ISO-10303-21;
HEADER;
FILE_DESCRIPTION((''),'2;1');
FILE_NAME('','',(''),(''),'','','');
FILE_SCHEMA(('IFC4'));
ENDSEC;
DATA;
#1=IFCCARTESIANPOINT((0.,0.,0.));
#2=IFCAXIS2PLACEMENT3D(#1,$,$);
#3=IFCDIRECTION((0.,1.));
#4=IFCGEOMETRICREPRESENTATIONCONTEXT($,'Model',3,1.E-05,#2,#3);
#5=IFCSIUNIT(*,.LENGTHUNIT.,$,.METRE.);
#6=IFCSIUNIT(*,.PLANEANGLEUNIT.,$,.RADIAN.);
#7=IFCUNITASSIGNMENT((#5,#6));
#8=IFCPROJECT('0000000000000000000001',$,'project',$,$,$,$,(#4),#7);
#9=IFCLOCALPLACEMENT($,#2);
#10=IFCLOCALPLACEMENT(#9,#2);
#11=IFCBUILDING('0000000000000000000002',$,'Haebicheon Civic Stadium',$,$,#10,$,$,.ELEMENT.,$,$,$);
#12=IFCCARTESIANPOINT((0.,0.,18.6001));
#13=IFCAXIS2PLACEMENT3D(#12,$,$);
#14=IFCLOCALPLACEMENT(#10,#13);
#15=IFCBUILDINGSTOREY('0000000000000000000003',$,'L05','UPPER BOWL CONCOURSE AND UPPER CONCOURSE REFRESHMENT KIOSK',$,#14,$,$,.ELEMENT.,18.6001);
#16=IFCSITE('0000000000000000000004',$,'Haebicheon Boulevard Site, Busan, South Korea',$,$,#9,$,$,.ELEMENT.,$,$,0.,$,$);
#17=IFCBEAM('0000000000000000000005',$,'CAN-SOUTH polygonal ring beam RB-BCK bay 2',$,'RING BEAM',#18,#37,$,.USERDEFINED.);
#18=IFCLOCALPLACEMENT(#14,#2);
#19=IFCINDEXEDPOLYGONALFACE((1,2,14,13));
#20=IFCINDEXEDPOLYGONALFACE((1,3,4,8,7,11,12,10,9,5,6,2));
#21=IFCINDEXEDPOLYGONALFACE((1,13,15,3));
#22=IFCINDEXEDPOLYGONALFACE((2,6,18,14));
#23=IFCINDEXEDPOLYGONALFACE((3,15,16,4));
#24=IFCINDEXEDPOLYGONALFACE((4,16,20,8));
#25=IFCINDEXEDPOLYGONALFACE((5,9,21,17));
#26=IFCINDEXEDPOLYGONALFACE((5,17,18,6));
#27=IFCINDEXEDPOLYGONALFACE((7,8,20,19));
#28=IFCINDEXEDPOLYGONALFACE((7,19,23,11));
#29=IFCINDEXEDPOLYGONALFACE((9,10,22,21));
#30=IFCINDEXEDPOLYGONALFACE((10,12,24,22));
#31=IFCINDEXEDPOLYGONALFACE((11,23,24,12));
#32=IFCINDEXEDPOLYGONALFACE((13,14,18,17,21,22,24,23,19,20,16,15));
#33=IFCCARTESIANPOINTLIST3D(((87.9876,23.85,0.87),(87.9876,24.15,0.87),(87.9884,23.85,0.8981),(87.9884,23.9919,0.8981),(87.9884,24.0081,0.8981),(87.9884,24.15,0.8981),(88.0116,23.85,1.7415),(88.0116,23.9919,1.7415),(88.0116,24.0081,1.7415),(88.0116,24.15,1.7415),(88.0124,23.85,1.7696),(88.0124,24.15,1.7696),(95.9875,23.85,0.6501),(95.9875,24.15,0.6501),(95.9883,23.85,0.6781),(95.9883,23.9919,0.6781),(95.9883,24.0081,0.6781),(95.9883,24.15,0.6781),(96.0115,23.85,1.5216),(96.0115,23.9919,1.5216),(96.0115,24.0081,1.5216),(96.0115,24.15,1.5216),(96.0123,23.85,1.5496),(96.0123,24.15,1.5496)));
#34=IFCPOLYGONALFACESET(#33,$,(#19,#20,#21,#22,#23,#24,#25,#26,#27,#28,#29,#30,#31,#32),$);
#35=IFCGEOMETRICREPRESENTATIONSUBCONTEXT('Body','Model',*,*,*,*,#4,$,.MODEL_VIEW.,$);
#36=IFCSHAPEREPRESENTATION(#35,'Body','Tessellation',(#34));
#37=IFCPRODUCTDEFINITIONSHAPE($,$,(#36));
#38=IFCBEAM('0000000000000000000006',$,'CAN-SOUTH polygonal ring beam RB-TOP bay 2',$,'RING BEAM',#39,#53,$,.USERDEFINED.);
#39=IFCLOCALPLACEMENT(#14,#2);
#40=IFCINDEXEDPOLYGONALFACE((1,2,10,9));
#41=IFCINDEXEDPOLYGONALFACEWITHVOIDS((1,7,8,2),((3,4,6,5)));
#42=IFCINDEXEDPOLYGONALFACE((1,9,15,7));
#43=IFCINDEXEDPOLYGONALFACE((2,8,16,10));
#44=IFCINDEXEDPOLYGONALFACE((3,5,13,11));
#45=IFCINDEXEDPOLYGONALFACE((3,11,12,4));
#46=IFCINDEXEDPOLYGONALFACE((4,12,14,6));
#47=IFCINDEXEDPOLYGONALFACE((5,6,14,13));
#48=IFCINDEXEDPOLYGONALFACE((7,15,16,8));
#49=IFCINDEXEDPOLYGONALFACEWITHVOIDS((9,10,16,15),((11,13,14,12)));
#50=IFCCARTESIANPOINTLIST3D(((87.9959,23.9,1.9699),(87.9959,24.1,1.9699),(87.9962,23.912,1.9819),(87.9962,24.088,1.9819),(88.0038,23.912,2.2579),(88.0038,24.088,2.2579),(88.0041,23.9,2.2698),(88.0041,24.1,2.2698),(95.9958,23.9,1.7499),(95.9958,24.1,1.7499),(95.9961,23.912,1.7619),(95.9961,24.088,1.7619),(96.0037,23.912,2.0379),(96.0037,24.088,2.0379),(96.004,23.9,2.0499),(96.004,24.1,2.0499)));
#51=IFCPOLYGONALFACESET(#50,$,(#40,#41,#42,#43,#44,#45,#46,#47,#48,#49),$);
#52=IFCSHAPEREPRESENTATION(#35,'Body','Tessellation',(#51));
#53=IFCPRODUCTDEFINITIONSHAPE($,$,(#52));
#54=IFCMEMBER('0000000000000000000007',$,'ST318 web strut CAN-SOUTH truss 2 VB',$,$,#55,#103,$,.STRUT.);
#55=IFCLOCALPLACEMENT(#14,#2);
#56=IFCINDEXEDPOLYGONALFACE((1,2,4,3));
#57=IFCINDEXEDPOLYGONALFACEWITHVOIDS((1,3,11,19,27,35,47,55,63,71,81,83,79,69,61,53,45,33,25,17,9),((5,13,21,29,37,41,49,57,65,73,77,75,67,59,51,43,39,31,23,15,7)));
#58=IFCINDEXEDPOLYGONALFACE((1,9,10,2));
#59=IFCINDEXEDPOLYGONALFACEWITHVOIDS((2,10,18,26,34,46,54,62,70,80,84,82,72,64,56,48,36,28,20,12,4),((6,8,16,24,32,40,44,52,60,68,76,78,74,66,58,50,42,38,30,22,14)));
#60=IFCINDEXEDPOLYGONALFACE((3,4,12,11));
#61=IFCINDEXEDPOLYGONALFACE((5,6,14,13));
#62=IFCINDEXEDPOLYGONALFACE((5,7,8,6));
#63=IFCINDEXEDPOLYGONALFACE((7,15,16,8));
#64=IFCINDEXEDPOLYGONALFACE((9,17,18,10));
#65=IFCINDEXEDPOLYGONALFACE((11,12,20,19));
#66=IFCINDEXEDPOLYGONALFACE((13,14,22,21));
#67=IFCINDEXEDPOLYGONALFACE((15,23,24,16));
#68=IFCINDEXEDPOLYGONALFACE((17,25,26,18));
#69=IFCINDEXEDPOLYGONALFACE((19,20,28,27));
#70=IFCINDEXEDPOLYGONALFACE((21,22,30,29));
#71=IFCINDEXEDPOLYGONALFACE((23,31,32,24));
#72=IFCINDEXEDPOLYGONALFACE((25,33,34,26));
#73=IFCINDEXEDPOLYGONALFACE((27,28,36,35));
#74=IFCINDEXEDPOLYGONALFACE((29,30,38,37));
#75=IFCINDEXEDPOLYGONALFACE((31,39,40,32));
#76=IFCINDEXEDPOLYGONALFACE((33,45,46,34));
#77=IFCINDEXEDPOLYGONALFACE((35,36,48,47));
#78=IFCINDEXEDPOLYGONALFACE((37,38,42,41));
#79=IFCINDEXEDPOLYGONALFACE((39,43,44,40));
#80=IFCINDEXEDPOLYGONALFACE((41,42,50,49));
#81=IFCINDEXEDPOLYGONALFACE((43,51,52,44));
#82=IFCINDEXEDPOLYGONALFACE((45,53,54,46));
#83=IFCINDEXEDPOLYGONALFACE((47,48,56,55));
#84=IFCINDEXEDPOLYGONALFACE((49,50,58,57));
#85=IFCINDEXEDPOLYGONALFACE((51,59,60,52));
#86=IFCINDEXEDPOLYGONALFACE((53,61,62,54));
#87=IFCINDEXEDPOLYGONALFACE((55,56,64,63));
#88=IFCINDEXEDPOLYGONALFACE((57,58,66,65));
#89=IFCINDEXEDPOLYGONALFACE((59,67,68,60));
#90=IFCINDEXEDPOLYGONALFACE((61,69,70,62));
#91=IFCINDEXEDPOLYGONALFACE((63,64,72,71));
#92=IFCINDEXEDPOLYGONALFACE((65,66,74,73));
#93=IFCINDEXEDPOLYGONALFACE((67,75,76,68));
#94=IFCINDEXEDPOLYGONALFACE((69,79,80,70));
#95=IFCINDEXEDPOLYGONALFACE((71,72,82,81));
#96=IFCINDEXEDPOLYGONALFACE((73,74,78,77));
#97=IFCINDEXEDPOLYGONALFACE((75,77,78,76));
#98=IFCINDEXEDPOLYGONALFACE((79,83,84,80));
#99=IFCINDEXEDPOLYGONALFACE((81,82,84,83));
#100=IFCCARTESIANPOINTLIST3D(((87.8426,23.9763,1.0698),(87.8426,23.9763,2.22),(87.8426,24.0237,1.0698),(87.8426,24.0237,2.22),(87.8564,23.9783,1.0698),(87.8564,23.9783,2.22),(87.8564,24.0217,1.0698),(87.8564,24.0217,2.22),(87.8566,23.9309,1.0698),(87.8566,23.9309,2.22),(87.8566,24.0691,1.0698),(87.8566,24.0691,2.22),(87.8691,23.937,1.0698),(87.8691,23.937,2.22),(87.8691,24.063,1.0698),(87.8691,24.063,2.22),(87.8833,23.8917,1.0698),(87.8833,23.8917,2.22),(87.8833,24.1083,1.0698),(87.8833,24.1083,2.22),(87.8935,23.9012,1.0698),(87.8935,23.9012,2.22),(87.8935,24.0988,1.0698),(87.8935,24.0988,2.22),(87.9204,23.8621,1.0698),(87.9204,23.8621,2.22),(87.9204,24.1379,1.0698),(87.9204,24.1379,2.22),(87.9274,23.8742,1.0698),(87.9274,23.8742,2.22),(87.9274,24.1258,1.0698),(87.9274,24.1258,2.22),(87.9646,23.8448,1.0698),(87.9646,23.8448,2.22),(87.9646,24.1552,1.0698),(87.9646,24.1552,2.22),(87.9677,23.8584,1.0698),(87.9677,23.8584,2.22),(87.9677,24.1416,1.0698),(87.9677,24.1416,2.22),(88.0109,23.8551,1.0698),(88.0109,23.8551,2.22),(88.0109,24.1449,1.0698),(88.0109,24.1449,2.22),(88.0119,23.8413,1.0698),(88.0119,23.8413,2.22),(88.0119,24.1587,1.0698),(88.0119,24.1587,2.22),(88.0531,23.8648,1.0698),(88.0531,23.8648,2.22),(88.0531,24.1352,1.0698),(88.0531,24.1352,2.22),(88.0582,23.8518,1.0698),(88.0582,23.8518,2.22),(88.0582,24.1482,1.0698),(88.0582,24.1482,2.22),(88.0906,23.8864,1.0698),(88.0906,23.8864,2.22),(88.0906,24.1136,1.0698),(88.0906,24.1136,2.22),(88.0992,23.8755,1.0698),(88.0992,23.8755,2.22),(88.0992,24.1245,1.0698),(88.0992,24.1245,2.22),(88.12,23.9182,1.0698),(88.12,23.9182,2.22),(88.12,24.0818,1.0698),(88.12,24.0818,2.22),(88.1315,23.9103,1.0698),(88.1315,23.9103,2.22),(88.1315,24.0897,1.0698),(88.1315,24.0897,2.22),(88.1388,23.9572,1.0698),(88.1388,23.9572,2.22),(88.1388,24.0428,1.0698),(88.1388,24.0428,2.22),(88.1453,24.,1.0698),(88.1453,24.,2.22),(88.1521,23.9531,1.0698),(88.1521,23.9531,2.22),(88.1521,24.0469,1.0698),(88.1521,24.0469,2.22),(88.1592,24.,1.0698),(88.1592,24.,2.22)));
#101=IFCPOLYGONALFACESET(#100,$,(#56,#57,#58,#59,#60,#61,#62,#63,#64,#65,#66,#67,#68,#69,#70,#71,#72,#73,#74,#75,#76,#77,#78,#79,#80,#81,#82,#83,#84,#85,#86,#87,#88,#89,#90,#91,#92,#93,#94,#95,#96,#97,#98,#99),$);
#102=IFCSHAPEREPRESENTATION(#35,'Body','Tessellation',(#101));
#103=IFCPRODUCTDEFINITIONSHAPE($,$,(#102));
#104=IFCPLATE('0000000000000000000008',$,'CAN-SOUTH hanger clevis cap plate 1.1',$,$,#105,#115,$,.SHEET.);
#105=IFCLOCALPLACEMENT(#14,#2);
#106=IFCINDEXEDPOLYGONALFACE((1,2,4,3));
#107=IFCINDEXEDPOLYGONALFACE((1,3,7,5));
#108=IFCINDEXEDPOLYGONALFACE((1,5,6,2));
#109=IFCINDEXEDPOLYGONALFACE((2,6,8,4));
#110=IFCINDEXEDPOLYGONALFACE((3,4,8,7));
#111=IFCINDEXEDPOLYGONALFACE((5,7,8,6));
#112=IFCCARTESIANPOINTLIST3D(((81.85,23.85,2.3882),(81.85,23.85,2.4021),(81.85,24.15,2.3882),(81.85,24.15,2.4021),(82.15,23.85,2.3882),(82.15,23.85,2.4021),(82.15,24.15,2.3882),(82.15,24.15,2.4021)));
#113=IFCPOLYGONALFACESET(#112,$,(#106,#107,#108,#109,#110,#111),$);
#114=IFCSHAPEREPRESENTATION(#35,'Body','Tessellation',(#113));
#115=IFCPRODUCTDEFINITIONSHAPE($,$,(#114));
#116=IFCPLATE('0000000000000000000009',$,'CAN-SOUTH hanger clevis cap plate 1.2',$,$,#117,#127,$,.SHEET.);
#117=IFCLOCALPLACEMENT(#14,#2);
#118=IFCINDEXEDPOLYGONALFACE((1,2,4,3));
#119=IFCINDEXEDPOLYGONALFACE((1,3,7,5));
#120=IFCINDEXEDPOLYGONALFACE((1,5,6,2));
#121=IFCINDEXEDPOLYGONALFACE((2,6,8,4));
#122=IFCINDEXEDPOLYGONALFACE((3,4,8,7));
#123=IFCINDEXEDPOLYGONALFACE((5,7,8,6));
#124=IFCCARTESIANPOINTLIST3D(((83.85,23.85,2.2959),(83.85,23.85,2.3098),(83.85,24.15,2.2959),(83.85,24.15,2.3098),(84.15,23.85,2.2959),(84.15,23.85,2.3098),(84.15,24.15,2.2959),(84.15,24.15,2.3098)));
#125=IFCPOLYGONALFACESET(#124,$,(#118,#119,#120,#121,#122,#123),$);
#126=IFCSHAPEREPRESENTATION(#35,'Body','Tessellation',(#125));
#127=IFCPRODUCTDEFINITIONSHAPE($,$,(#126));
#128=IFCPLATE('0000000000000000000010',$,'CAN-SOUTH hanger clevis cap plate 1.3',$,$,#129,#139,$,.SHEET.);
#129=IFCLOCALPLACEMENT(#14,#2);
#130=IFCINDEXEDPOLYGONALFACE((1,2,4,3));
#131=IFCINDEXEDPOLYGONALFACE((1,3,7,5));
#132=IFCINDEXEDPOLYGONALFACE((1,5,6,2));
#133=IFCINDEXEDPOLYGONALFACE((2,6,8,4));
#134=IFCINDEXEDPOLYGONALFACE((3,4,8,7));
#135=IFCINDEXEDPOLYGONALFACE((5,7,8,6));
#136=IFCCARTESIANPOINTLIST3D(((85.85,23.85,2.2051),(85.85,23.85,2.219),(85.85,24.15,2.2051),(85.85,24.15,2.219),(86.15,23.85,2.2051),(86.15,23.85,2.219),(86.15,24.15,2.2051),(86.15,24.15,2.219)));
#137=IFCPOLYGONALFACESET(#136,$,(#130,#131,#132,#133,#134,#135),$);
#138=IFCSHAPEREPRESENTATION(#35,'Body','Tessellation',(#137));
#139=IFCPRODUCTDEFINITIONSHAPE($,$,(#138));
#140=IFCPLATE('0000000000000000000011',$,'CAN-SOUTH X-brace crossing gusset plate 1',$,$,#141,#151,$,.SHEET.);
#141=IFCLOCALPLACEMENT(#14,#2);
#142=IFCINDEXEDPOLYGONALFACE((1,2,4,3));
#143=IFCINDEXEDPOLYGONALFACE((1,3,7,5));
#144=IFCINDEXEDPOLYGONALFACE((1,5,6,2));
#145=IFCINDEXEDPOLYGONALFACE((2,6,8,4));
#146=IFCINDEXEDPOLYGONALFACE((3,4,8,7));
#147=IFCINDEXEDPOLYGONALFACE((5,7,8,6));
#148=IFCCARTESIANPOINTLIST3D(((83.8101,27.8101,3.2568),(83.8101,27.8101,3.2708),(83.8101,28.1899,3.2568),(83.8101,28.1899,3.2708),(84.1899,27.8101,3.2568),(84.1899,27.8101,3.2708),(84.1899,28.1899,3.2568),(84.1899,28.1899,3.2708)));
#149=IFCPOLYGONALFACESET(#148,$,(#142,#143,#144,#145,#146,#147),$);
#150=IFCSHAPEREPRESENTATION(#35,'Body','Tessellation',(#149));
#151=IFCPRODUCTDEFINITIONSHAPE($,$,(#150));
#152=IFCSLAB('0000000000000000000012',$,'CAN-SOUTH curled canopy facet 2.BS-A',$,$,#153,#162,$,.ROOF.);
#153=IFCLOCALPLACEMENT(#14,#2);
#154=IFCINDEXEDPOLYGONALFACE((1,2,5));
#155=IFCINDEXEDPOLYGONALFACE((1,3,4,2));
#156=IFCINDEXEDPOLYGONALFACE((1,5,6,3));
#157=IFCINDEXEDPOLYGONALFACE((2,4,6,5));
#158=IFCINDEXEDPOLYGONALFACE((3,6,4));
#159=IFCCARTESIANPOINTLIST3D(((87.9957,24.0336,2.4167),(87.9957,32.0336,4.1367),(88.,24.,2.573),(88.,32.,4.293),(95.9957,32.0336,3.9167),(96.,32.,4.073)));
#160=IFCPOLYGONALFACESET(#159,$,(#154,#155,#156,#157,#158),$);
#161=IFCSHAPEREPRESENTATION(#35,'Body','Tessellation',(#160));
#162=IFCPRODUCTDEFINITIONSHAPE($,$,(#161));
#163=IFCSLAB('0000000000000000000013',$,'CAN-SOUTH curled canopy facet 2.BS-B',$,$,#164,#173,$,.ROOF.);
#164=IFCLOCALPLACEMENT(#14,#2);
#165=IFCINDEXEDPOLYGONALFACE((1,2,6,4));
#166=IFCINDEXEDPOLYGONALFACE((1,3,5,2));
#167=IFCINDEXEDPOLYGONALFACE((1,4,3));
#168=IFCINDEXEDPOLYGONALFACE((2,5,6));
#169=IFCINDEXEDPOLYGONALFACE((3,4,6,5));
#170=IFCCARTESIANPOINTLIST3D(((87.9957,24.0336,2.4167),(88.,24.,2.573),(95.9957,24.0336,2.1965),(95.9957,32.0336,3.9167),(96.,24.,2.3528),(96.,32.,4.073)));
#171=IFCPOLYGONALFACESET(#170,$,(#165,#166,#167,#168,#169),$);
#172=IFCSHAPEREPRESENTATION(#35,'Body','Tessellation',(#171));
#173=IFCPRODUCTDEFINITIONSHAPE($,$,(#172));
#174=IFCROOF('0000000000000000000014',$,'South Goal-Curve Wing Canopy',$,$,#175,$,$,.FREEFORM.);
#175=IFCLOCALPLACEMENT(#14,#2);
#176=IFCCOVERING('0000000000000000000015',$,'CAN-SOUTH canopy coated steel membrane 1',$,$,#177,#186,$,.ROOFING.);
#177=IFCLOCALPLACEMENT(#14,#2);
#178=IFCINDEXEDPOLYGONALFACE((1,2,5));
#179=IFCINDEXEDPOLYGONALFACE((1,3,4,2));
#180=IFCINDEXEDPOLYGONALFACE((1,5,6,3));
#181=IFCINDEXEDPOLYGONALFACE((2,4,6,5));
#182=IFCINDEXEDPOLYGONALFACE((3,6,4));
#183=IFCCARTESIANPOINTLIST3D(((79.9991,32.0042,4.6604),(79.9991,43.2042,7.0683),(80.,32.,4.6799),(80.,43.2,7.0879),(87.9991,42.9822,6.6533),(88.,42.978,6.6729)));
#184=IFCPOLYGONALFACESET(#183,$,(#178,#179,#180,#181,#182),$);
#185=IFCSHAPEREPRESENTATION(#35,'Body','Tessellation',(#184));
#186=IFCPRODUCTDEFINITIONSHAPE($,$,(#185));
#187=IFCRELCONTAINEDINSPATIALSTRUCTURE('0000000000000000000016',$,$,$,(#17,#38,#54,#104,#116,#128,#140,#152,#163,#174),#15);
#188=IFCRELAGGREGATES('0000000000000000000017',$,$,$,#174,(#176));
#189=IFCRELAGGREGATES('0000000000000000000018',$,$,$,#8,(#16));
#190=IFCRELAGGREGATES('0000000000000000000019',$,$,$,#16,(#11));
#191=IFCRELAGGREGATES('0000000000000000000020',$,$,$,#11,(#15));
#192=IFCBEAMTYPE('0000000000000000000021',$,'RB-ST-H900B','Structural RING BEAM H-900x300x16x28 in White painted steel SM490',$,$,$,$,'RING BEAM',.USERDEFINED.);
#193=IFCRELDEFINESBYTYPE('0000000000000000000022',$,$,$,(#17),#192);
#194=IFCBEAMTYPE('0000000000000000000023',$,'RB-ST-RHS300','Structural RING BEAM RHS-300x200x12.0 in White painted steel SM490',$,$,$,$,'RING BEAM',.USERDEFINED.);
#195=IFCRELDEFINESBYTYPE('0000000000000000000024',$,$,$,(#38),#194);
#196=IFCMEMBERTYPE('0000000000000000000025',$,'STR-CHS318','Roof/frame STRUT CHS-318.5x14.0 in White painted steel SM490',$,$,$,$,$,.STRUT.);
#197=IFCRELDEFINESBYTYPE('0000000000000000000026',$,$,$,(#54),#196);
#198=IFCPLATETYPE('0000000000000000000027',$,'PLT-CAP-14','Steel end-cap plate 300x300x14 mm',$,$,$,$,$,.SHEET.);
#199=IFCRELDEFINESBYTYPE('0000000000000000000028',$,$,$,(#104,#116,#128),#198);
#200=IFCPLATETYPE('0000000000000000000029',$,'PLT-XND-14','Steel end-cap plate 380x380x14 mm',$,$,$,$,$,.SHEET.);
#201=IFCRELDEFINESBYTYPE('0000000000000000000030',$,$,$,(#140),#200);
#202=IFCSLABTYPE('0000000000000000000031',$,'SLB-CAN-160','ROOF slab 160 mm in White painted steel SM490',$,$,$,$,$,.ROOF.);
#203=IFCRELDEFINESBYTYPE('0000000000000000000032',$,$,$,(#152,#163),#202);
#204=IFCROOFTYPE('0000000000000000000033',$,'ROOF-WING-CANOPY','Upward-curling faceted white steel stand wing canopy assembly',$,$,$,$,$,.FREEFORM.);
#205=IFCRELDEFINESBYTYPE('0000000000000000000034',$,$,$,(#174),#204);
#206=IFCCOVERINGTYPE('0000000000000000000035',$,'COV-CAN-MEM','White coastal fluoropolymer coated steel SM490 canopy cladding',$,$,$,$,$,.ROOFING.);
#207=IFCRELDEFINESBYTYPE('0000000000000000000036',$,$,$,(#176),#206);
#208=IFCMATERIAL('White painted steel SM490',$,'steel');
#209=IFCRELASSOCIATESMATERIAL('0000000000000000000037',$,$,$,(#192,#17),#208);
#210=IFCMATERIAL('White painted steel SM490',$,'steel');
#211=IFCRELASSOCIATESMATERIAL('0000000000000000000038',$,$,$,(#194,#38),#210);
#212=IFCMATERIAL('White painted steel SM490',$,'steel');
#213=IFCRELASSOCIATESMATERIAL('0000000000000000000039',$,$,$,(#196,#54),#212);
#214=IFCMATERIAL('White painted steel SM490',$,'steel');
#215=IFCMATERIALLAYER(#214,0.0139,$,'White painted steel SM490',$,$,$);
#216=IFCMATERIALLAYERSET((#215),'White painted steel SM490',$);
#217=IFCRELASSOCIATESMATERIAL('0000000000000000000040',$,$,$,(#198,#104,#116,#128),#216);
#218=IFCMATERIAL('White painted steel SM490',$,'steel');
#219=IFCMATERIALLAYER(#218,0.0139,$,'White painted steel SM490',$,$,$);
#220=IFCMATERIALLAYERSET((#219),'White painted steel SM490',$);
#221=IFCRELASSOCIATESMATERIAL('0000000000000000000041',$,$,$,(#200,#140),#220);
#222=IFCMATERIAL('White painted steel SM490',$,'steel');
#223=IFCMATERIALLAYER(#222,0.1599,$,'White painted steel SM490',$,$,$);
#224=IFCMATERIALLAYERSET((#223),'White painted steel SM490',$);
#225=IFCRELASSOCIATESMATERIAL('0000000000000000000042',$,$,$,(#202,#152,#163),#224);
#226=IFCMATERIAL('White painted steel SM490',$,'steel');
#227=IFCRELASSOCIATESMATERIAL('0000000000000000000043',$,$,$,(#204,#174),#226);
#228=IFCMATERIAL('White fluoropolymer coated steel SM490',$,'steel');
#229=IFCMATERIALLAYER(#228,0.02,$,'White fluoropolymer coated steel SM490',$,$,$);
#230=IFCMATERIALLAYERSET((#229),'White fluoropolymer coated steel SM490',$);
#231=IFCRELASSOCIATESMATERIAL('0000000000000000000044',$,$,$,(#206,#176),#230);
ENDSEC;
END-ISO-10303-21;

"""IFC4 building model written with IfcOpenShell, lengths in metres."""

from ifc_helpers import new_model, si_unit, direction, frame, origin, origin_2d, place, context, subcontext, project, spatial, polyline, rectangle, hollow_rectangle, hollow_circle, i_section, outline, extrude, material, layer, layer_set, material_profile, profile_set, type_object, element, aggregate, save


model = new_model("IFC4")

# Units and contexts
model_context = context("Model", 3, precision=1e-05, world=origin(), true_north=direction((0.0, 1.0)))
body_context = subcontext(model_context, "Body", "Model", "MODEL_VIEW")
ifc_project = project(units=[si_unit("LENGTHUNIT", "METRE"), si_unit("PLANEANGLEUNIT", "RADIAN")], contexts=[model_context])

# Site, building, storey
site_placement = place(None, origin())
site = spatial("IfcSite", under=ifc_project, at=site_placement, Name="Haebicheon Boulevard Site, Busan, South Korea", CompositionType="ELEMENT", RefElevation=0.0)
building_placement = place(site_placement, origin())
building = spatial("IfcBuilding", under=site, at=building_placement, Name="Haebicheon Civic Stadium", CompositionType="ELEMENT")
storey_placement = place(building_placement, frame((0.0, 0.0, 18.6001)))
storey = spatial("IfcBuildingStorey", under=building, at=storey_placement, Name="L05", Description="UPPER BOWL CONCOURSE AND UPPER CONCOURSE REFRESHMENT KIOSK", CompositionType="ELEMENT", Elevation=18.6001)

# Beams
ifc_material_1 = material(Name="White painted steel SM490", Category="steel")
ifc_material_profile_1 = material_profile(ifc_material_1, i_section(OverallWidth=0.3, OverallDepth=0.8999, WebThickness=0.0161, FlangeThickness=0.0281, at=origin_2d()), Name="H-900x300x16x28")
ifc_profile_set_1 = profile_set([ifc_material_profile_1], Name="White painted steel SM490")
beam_type_1 = type_object("IfcBeamType", Name="RB-ST-H900B", Description="Structural RING BEAM H-900x300x16x28 in White painted steel SM490", ElementType="RING BEAM", PredefinedType="USERDEFINED", material=ifc_profile_set_1)
beam_1_placement = place(storey_placement, frame((88.0, 24.0, 1.3198), z_axis=(0.999622, 0.0, -0.027486), x_axis=(0.0, 1.0, 0.0)))
element("IfcBeam", 1, at=beam_1_placement, inside=storey, type_object=beam_type_1, material=ifc_profile_set_1, Name="CAN-SOUTH polygonal ring beam RB-BCK bay 2", ObjectType="RING BEAM", PredefinedType="USERDEFINED", context=body_context, shape_type="SweptSolid", body=[
    extrude(i_section(OverallWidth=0.3, OverallDepth=0.8999, WebThickness=0.0161, FlangeThickness=0.0281, at=origin_2d()), origin(), (0.0, 0.0, 1.0), 8.0029),
])
ifc_material_2 = material(Name="White painted steel SM490", Category="steel")
ifc_material_profile_2 = material_profile(ifc_material_2, hollow_rectangle(XDim=0.2, YDim=0.3, WallThickness=0.012, at=origin_2d()), Name="RHS-300x200x12.0")
ifc_profile_set_2 = profile_set([ifc_material_profile_2], Name="White painted steel SM490")
beam_type_2 = type_object("IfcBeamType", Name="RB-ST-RHS300", Description="Structural RING BEAM RHS-300x200x12.0 in White painted steel SM490", ElementType="RING BEAM", PredefinedType="USERDEFINED", material=ifc_profile_set_2)
beam_2_placement = place(storey_placement, frame((88.0, 24.0, 2.1199), z_axis=(0.999622, 0.0, -0.027486), x_axis=(0.0, 1.0, 0.0)))
element("IfcBeam", 2, at=beam_2_placement, inside=storey, type_object=beam_type_2, material=ifc_profile_set_2, Name="CAN-SOUTH polygonal ring beam RB-TOP bay 2", ObjectType="RING BEAM", PredefinedType="USERDEFINED", context=body_context, shape_type="SweptSolid", body=[
    extrude(hollow_rectangle(XDim=0.2, YDim=0.3, WallThickness=0.012, at=origin_2d()), origin(), (0.0, 0.0, 1.0), 8.0029),
])

# Member
ifc_material_3 = material(Name="White painted steel SM490", Category="steel")
ifc_material_profile_3 = material_profile(ifc_material_3, hollow_circle(Radius=0.1592, WallThickness=0.0139, at=origin_2d()), Name="CHS-318.5x14.0")
ifc_profile_set_3 = profile_set([ifc_material_profile_3], Name="White painted steel SM490")
member_type_1 = type_object("IfcMemberType", Name="STR-CHS318", Description="Roof/frame STRUT CHS-318.5x14.0 in White painted steel SM490", PredefinedType="STRUT", material=ifc_profile_set_3)
member_1_placement = place(storey_placement, frame((88.0, 24.0, 1.0698), z_axis=(0.0, 0.0, 1.0), x_axis=(1.0, 0.0, 0.0)))
element("IfcMember", 3, at=member_1_placement, inside=storey, type_object=member_type_1, material=ifc_profile_set_3, Name="ST318 web strut CAN-SOUTH truss 2 VB", PredefinedType="STRUT", context=body_context, shape_type="SweptSolid", body=[
    extrude(hollow_circle(Radius=0.1592, WallThickness=0.0139, at=origin_2d()), origin(), (0.0, 0.0, 1.0), 1.1501),
])

# Plates
ifc_material_4 = material(Name="White painted steel SM490", Category="steel")
ifc_layer_1 = layer(ifc_material_4, 0.0139, Name="White painted steel SM490")
ifc_layer_set_1 = layer_set([ifc_layer_1], Name="White painted steel SM490")
plate_type_1 = type_object("IfcPlateType", Name="PLT-CAP-14", Description="Steel end-cap plate 300x300x14 mm", PredefinedType="SHEET", material=ifc_layer_set_1)
for number, where, z_axis, x_axis, name in (
    (4, (82.0, 24.0, 2.3882), (0.0, 0.0, 1.0), (1.0, 0.0, 0.0), "CAN-SOUTH hanger clevis cap plate 1.1"),
    (5, (84.0, 24.0, 2.2959), (0.0, 0.0, 1.0), (1.0, 0.0, 0.0), "CAN-SOUTH hanger clevis cap plate 1.2"),
    (6, (86.0, 24.0, 2.2051), (0.0, 0.0, 1.0), (1.0, 0.0, 0.0), "CAN-SOUTH hanger clevis cap plate 1.3"),
):
    element("IfcPlate", number, at=place(storey_placement, frame(where, z_axis=z_axis, x_axis=x_axis)), inside=storey, type_object=plate_type_1, material=ifc_layer_set_1, Name=name, PredefinedType="SHEET", context=body_context, shape_type="SweptSolid", body=[
        extrude(rectangle(XDim=0.3, YDim=0.3, at=origin_2d()), origin(), (0.0, 0.0, 1.0), 0.0139),
    ])
ifc_material_5 = material(Name="White painted steel SM490", Category="steel")
ifc_layer_2 = layer(ifc_material_5, 0.0139, Name="White painted steel SM490")
ifc_layer_set_2 = layer_set([ifc_layer_2], Name="White painted steel SM490")
plate_type_2 = type_object("IfcPlateType", Name="PLT-XND-14", Description="Steel end-cap plate 380x380x14 mm", PredefinedType="SHEET", material=ifc_layer_set_2)
plate_placement = place(storey_placement, frame((84.0, 28.0, 3.2568), z_axis=(0.0, 0.0, 1.0), x_axis=(1.0, 0.0, 0.0)))
element("IfcPlate", 7, at=plate_placement, inside=storey, type_object=plate_type_2, material=ifc_layer_set_2, Name="CAN-SOUTH X-brace crossing gusset plate 1", PredefinedType="SHEET", context=body_context, shape_type="SweptSolid", body=[
    extrude(rectangle(XDim=0.3799, YDim=0.3799, at=origin_2d()), origin(), (0.0, 0.0, 1.0), 0.0139),
])

# Slabs
ifc_material_6 = material(Name="White painted steel SM490", Category="steel")
ifc_layer_3 = layer(ifc_material_6, 0.1599, Name="White painted steel SM490")
ifc_layer_set_3 = layer_set([ifc_layer_3], Name="White painted steel SM490")
slab_type = type_object("IfcSlabType", Name="SLB-CAN-160", Description="ROOF slab 160 mm in White painted steel SM490", PredefinedType="ROOF", material=ifc_layer_set_3)
slab_1_placement = place(storey_placement, frame((88.0, 24.0, 2.573), z_axis=(0.026872, -0.210117, 0.977307), x_axis=(0.0, 0.97766, 0.210193)))
element("IfcSlab", 8, at=slab_1_placement, inside=storey, type_object=slab_type, material=ifc_layer_set_3, Name="CAN-SOUTH curled canopy facet 2.BS-A", PredefinedType="ROOF", context=body_context, shape_type="SweptSolid", body=[
    extrude(outline(polyline([(0.0, 0.0), (8.1828, 0.0), (8.1366, -8.0029), (0.0, 0.0)])), origin(), (0.0, 0.0, -1.0), 0.1599),
])
slab_2_placement = place(storey_placement, frame((88.0, 24.0, 2.573), z_axis=(0.026902, -0.210146, 0.9773), x_axis=(0.700973, 0.700973, 0.131432)))
element("IfcSlab", 9, at=slab_2_placement, inside=storey, type_object=slab_type, material=ifc_layer_set_3, Name="CAN-SOUTH curled canopy facet 2.BS-B", PredefinedType="ROOF", context=body_context, shape_type="SweptSolid", body=[
    extrude(outline(polyline([(0.0, 0.0), (11.4127, 0.0), (5.5788, -5.738), (0.0, 0.0)])), origin(), (0.0, 0.0, -1.0), 0.1599),
])

# Roof, covering
ifc_material_7 = material(Name="White painted steel SM490", Category="steel")
roof_type = type_object("IfcRoofType", Name="ROOF-WING-CANOPY", Description="Upward-curling faceted white steel stand wing canopy assembly", PredefinedType="FREEFORM", material=ifc_material_7)
roof_placement = place(storey_placement, origin())
roof = element("IfcRoof", 10, at=roof_placement, inside=storey, type_object=roof_type, material=ifc_material_7, Name="South Goal-Curve Wing Canopy", PredefinedType="FREEFORM")
ifc_material_8 = material(Name="White fluoropolymer coated steel SM490", Category="steel")
ifc_layer_4 = layer(ifc_material_8, 0.02, Name="White fluoropolymer coated steel SM490")
ifc_layer_set_4 = layer_set([ifc_layer_4], Name="White fluoropolymer coated steel SM490")
covering_type = type_object("IfcCoveringType", Name="COV-CAN-MEM", Description="White coastal fluoropolymer coated steel SM490 canopy cladding", PredefinedType="ROOFING", material=ifc_layer_set_4)
covering_placement = place(storey_placement, frame((80.0, 32.0, 4.6799), z_axis=(0.044845, -0.209983, 0.976676), x_axis=(0.0, 0.97766, 0.210194)))
covering = element("IfcCovering", 11, at=covering_placement, type_object=covering_type, material=ifc_layer_set_4, Name="CAN-SOUTH canopy coated steel membrane 1", PredefinedType="ROOFING", context=body_context, shape_type="SweptSolid", body=[
    extrude(outline(polyline([(0.0, 0.0), (11.4559, 0.0), (11.1517, -8.0081), (0.0, 0.0)])), origin(), (0.0, 0.0, -1.0), 0.02),
])
aggregate(roof, [covering])

save(model, "model.ifc")
